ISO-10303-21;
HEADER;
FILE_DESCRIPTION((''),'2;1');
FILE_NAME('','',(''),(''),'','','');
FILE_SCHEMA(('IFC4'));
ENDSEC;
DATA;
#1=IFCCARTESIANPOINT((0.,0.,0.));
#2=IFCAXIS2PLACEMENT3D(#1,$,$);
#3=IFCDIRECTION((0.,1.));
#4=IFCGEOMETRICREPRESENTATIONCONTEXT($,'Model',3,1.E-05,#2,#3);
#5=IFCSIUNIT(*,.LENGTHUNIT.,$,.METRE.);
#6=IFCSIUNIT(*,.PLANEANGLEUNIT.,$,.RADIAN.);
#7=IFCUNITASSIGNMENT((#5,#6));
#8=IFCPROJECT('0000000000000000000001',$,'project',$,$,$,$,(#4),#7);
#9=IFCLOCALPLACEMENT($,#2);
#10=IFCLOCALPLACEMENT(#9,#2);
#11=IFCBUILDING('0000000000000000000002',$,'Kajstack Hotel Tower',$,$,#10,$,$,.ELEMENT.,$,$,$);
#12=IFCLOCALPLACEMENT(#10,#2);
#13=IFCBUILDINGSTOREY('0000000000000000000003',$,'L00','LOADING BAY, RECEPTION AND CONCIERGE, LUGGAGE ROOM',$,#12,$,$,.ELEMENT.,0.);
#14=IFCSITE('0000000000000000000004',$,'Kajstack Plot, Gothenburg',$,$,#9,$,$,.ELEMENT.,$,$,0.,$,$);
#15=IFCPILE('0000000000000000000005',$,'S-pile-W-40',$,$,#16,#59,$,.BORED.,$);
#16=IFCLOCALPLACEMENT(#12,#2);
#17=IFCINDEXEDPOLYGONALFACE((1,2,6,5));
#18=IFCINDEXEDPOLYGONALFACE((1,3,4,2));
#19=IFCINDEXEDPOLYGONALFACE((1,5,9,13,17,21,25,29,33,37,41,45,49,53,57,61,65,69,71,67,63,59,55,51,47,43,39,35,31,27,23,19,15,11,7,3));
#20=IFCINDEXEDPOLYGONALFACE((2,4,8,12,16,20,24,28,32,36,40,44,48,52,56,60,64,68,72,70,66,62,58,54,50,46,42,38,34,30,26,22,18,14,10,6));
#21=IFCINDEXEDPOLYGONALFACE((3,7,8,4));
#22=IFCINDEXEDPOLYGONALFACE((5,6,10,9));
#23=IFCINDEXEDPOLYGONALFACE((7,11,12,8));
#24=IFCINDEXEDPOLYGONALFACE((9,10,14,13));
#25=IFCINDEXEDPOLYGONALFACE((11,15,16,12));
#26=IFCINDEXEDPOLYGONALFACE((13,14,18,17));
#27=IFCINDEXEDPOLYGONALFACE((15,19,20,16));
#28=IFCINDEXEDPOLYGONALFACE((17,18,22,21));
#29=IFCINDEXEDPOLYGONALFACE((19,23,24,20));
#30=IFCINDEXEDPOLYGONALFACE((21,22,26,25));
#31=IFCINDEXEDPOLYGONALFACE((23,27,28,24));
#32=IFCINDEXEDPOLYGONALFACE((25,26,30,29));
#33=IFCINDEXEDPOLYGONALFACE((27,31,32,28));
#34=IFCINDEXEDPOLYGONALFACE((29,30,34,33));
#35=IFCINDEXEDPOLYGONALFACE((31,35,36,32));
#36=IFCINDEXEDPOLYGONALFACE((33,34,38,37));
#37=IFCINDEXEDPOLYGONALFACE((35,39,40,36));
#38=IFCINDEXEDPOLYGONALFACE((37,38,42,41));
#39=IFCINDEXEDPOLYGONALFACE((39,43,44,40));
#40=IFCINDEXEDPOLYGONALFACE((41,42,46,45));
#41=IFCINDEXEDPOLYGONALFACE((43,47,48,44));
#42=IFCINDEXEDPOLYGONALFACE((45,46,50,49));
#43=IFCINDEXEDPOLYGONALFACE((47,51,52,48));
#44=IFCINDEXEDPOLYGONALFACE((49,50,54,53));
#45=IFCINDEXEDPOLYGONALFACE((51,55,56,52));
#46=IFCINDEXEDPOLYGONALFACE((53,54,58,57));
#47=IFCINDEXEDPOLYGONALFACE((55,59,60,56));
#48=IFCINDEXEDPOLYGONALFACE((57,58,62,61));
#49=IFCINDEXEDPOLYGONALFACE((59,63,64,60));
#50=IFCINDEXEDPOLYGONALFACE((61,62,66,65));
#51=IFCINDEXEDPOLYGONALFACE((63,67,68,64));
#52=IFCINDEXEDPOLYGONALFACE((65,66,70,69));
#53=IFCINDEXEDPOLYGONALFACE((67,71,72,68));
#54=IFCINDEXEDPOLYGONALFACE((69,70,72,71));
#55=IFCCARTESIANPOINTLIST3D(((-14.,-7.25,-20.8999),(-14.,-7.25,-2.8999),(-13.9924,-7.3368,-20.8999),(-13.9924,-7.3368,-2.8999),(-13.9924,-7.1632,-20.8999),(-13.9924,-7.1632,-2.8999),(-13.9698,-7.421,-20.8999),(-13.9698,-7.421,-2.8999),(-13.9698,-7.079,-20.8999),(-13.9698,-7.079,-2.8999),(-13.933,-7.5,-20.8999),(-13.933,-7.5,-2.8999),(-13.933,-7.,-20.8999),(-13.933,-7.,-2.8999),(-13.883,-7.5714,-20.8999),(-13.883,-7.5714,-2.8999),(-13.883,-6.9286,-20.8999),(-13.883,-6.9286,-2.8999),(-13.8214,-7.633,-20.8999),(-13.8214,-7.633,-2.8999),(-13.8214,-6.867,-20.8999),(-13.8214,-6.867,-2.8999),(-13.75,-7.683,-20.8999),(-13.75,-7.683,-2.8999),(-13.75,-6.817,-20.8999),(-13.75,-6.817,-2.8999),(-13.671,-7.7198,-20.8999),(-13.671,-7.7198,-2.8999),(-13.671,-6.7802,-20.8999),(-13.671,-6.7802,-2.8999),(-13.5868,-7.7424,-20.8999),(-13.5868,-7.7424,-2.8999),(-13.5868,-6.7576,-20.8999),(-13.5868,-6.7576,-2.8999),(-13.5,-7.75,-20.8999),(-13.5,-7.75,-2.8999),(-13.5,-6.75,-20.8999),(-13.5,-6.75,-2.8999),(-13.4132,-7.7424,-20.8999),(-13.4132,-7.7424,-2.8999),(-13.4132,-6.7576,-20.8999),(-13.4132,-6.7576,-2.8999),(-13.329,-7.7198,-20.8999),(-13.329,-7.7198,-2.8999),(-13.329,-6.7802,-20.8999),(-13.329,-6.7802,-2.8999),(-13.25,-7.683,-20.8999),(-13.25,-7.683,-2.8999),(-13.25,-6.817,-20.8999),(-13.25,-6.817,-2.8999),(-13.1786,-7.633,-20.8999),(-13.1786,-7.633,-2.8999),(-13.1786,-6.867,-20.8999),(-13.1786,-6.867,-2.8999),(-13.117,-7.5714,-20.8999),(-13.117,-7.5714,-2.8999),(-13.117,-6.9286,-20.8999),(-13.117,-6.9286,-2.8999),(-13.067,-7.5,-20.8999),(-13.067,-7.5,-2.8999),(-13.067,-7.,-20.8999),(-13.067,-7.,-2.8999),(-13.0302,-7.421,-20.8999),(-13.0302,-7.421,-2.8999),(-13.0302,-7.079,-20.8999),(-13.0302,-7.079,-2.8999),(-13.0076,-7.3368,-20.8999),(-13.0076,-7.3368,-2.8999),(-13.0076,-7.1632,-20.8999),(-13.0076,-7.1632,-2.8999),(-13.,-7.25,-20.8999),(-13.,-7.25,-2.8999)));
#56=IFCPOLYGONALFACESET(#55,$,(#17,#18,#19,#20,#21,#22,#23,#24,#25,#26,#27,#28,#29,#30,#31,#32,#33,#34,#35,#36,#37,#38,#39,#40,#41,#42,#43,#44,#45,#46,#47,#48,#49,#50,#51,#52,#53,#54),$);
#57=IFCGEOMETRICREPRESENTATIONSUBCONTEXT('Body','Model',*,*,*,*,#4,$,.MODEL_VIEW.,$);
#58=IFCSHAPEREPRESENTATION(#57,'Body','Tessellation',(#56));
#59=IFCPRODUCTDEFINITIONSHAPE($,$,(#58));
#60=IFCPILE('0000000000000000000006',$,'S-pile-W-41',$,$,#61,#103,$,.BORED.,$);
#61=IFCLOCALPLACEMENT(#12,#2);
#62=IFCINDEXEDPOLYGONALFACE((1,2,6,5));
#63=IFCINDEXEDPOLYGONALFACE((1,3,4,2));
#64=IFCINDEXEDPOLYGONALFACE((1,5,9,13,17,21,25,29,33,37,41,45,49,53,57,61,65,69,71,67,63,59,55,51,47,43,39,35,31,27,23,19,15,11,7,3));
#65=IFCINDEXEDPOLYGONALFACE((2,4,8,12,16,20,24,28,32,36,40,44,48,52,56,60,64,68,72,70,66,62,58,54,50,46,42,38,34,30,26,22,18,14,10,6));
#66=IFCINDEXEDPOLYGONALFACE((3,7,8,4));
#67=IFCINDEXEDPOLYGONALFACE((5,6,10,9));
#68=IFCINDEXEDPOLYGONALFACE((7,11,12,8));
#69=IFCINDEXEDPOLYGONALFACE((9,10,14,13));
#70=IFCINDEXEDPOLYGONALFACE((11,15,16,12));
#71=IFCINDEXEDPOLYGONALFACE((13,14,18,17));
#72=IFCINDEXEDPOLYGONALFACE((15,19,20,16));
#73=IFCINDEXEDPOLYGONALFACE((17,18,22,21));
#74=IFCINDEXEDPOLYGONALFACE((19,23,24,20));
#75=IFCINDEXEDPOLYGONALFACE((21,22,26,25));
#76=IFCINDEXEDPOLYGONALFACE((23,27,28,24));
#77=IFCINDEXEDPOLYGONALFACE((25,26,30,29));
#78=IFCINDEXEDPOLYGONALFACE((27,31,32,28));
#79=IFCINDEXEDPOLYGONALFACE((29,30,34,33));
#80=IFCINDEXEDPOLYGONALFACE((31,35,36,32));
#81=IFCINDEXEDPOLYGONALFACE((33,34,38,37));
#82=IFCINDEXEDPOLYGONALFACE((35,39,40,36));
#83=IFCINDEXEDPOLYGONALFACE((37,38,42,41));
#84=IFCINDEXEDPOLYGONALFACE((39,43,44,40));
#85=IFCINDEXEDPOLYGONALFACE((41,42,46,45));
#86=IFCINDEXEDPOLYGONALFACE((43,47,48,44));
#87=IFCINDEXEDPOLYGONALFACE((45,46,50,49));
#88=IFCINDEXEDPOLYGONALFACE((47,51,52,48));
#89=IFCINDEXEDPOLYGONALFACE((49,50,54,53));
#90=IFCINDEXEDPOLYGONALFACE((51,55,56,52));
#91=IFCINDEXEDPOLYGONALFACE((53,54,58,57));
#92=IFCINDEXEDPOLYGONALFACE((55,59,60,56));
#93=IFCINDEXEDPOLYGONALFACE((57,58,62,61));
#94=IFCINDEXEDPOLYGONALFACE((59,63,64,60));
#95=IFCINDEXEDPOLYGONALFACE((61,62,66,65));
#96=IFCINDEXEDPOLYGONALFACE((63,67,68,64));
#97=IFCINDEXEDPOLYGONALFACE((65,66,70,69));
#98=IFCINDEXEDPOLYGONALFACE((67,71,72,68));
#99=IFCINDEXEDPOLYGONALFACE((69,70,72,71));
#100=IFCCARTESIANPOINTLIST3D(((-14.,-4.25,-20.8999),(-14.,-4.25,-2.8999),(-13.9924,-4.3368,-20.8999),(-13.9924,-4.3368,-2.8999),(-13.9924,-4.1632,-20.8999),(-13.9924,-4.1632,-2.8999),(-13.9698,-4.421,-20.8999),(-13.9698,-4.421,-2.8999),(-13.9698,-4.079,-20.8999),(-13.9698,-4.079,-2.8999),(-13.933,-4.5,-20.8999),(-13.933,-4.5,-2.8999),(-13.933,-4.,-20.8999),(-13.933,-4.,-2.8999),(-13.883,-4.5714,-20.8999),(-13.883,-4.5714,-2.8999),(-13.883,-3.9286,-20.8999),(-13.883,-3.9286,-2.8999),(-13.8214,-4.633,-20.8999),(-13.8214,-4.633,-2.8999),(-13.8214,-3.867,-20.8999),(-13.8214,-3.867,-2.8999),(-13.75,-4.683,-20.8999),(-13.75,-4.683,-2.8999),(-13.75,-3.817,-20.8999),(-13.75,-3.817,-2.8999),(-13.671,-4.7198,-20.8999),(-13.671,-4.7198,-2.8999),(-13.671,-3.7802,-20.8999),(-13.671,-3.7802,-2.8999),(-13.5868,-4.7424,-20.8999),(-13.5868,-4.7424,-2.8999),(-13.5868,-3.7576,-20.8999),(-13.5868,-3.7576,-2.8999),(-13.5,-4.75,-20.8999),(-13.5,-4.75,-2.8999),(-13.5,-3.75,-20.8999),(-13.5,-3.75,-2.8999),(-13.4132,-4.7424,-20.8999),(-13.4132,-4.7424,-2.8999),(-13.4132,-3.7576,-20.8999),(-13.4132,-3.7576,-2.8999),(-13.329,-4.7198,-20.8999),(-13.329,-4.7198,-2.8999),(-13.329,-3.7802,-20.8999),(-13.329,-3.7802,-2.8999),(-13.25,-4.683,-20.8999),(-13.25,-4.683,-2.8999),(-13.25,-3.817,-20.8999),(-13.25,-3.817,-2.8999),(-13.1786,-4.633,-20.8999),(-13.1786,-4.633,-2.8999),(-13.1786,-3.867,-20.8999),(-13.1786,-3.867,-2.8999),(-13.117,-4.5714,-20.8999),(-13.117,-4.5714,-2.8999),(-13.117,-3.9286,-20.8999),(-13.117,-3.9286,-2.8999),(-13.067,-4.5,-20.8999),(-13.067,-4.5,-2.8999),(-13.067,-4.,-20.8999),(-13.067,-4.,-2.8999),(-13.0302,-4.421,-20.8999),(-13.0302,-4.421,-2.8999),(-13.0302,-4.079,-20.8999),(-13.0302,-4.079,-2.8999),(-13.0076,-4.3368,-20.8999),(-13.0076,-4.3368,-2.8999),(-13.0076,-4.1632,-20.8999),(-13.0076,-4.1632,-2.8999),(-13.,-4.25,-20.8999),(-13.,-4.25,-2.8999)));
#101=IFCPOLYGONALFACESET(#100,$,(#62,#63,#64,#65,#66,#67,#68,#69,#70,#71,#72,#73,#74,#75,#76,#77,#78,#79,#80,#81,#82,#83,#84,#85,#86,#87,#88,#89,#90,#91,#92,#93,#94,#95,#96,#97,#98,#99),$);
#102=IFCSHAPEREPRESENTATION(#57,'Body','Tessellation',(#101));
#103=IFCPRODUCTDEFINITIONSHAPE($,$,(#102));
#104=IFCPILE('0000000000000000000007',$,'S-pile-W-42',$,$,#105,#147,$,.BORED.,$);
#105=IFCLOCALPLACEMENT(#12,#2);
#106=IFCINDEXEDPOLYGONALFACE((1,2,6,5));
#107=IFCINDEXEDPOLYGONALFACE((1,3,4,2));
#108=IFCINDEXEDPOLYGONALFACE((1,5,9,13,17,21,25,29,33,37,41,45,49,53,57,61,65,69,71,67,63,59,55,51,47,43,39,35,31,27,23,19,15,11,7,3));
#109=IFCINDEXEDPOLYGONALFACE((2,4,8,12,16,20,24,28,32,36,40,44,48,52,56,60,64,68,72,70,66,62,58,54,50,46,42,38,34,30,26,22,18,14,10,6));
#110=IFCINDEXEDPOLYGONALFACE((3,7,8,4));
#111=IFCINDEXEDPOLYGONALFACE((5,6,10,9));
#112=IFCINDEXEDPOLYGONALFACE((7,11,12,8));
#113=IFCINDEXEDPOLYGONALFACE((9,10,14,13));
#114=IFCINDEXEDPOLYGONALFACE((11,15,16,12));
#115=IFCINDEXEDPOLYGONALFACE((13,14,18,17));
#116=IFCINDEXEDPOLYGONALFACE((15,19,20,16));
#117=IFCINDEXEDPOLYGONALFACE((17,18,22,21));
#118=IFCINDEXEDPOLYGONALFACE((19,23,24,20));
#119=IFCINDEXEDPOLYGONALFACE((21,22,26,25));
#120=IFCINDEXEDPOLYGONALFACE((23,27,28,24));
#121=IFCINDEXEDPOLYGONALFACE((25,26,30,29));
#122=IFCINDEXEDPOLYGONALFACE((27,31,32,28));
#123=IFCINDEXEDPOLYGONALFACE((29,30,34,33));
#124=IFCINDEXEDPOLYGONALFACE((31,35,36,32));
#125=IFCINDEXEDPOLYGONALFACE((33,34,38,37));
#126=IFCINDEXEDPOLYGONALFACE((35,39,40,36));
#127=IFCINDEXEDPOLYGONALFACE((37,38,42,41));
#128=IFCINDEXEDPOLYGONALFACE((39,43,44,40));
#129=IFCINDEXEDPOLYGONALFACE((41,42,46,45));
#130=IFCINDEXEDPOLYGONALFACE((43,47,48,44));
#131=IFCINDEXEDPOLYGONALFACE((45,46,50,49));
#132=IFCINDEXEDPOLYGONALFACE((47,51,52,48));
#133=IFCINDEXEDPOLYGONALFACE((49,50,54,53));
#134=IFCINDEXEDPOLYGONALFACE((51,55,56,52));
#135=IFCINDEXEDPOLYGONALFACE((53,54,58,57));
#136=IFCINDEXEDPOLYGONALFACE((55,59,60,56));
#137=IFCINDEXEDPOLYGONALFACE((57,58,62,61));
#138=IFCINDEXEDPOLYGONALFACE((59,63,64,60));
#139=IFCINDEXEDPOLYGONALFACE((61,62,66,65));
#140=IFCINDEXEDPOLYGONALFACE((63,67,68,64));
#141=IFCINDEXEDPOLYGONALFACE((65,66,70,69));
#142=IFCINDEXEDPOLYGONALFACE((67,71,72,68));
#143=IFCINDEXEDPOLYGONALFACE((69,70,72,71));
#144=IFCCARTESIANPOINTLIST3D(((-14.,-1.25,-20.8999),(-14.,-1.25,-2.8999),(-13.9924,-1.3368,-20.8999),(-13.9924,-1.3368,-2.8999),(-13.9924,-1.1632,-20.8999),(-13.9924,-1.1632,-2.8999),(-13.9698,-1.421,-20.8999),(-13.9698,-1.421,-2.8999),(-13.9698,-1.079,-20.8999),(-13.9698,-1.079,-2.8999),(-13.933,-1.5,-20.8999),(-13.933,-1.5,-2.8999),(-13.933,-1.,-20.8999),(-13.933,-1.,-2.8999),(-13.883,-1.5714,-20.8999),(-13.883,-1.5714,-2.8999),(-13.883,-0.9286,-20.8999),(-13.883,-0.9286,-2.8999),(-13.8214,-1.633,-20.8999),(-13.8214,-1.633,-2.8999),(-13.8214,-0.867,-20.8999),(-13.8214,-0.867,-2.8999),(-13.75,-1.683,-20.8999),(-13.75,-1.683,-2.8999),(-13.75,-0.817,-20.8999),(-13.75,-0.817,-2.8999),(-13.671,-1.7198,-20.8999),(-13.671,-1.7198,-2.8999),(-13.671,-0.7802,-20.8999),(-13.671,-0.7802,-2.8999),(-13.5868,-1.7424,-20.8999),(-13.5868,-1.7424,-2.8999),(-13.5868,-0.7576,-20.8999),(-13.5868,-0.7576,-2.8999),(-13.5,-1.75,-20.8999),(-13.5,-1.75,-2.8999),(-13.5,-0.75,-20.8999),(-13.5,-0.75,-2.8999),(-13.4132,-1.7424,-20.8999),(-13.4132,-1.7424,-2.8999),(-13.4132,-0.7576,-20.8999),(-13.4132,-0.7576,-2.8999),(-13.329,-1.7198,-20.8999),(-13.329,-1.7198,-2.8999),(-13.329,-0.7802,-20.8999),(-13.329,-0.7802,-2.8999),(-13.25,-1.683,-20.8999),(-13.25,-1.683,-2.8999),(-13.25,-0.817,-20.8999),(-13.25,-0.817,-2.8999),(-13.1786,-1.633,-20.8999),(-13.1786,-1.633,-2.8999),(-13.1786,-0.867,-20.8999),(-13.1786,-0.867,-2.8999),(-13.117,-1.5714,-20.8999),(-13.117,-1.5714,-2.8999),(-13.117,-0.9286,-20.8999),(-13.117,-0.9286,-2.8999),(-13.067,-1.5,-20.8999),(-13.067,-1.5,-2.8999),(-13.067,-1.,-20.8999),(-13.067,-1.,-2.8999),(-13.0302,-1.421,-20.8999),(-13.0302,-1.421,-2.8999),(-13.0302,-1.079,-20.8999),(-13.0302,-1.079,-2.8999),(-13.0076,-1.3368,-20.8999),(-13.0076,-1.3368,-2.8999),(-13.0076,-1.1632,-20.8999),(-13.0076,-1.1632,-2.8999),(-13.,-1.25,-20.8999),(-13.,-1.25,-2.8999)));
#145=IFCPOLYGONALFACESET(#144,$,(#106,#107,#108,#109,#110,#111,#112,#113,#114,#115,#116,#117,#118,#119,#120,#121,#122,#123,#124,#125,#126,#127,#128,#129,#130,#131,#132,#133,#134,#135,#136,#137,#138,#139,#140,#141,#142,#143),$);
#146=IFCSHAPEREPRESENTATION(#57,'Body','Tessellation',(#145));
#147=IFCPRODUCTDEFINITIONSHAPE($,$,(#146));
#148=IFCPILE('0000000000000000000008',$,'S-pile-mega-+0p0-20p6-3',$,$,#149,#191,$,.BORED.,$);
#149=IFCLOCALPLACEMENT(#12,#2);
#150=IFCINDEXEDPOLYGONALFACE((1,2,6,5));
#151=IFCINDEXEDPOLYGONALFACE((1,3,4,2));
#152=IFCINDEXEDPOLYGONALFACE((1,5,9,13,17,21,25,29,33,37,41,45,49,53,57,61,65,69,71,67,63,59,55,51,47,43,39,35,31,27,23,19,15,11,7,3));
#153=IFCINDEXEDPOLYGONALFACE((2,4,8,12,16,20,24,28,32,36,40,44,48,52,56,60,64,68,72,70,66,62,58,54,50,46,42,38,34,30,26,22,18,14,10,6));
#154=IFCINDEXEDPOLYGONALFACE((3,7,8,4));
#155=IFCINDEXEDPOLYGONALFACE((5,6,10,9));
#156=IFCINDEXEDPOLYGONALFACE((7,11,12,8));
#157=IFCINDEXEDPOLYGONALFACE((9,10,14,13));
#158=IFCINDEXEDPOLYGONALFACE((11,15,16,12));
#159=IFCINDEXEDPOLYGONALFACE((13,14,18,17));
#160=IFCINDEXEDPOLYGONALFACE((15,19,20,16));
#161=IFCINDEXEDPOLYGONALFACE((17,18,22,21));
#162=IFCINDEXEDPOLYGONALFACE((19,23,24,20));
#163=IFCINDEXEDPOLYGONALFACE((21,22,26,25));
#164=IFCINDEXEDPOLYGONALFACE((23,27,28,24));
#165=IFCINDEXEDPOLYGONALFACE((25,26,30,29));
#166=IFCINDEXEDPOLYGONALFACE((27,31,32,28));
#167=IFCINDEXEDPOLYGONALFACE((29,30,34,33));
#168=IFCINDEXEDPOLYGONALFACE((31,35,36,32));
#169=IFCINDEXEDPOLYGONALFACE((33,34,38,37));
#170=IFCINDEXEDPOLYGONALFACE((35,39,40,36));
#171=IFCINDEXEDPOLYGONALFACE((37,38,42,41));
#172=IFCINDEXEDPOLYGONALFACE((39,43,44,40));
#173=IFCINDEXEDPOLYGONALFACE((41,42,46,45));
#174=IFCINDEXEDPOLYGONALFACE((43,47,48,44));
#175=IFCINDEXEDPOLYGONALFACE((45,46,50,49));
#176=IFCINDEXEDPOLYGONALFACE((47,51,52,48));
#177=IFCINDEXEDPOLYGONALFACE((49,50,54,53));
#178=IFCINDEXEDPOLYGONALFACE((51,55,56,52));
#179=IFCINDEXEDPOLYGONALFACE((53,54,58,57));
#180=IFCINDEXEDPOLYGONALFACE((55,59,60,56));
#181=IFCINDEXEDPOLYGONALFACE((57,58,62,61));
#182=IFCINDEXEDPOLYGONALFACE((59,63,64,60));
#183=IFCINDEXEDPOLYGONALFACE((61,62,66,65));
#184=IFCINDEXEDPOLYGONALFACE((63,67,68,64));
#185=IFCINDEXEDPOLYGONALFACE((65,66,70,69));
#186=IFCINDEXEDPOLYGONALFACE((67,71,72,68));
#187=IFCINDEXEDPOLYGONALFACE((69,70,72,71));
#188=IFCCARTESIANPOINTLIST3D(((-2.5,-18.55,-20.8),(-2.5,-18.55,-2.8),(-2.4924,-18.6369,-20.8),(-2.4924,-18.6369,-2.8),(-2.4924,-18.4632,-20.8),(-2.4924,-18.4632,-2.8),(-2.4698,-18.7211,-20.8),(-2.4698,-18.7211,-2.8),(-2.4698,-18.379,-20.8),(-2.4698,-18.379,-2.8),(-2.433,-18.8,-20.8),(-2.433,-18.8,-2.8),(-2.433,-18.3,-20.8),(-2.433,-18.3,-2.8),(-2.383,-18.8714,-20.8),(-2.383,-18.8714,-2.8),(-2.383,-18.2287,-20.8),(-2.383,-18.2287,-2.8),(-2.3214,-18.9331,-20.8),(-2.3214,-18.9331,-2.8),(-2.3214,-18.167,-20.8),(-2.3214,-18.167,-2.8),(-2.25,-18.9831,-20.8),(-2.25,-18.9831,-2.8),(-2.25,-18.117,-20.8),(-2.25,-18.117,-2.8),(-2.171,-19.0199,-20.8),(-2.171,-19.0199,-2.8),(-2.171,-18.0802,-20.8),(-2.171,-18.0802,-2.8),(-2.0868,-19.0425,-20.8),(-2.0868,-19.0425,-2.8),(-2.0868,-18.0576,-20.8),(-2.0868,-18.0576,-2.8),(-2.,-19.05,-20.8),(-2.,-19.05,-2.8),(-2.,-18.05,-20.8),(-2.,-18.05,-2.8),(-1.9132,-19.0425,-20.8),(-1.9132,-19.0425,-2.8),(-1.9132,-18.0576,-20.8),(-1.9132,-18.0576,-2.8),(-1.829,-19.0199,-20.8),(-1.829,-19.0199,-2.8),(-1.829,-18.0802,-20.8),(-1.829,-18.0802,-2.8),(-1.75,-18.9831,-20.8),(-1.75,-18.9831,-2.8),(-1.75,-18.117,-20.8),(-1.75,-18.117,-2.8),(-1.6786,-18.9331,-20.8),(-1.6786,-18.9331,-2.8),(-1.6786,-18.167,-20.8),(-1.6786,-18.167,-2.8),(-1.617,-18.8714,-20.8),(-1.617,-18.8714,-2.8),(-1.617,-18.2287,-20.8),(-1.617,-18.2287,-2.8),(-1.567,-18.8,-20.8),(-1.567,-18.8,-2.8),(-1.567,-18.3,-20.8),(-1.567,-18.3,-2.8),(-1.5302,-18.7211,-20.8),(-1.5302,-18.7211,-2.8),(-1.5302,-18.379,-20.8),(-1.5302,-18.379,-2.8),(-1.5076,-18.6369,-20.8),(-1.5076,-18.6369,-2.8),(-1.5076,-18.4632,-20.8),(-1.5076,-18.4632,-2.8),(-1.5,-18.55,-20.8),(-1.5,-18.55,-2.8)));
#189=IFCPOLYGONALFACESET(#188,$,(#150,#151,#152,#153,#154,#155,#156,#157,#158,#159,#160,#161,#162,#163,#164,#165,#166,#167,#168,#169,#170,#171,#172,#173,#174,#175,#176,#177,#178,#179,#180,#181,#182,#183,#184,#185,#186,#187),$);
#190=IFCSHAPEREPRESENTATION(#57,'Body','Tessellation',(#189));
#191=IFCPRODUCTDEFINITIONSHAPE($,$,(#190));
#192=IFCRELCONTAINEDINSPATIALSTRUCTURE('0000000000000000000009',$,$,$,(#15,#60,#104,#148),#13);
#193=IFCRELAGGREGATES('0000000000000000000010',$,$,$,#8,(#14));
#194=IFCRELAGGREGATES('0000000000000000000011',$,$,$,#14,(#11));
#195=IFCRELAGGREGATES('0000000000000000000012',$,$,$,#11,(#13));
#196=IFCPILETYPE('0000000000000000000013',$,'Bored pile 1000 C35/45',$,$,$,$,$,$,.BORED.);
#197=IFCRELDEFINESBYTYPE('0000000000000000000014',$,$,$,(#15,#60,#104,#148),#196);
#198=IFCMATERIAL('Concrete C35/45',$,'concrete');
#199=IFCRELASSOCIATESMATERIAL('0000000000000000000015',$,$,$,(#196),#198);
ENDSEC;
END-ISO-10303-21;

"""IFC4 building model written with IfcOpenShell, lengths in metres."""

from ifc_helpers import new_model, si_unit, direction, frame, origin, origin_2d, place, context, subcontext, project, spatial, circle, extrude, material, material_profile, profile_set, type_object, element, save


model = new_model("IFC4")

# Units and contexts
model_context = context("Model", 3, precision=1e-05, world=origin(), true_north=direction((0.0, 1.0)))
body_context = subcontext(model_context, "Body", "Model", "MODEL_VIEW")
ifc_project = project(units=[si_unit("LENGTHUNIT", "METRE"), si_unit("PLANEANGLEUNIT", "RADIAN")], contexts=[model_context])

# Site, building, storey
site_placement = place(None, origin())
site = spatial("IfcSite", under=ifc_project, at=site_placement, Name="Kajstack Plot, Gothenburg", CompositionType="ELEMENT", RefElevation=0.0)
building_placement = place(site_placement, origin())
building = spatial("IfcBuilding", under=site, at=building_placement, Name="Kajstack Hotel Tower", CompositionType="ELEMENT")
storey_placement = place(building_placement, origin())
storey = spatial("IfcBuildingStorey", under=building, at=storey_placement, Name="L00", Description="LOADING BAY, RECEPTION AND CONCIERGE, LUGGAGE ROOM", CompositionType="ELEMENT", Elevation=0.0)

# Piles
ifc_material_1 = material(Name="Concrete C35/45", Category="concrete")
ifc_material_profile_1 = material_profile(ifc_material_1, circle(Radius=0.5, at=origin_2d()), Name="RC round 1000")
ifc_profile_set_1 = profile_set([ifc_material_profile_1], Name="Concrete C35/45")
pile_type_1 = type_object("IfcPileType", Name="Bored pile 1000 C35/45", PredefinedType="BORED", material=ifc_profile_set_1)
for number, where, z_axis, x_axis, name in (
    (1, (-13.5, -7.25, -2.8999), (0.0, 0.0, -1.0), (1.0, 0.0, 0.0), "S-pile-W-40"),
    (2, (-13.5, -4.25, -2.8999), (0.0, 0.0, -1.0), (1.0, 0.0, 0.0), "S-pile-W-41"),
    (3, (-13.5, -1.25, -2.8999), (0.0, 0.0, -1.0), (1.0, 0.0, 0.0), "S-pile-W-42"),
    (4, (-2.0, -18.55, -2.8), (0.0, 0.0, -1.0), (1.0, 0.0, 0.0), "S-pile-mega-+0p0-20p6-3"),
):
    element("IfcPile", number, at=place(storey_placement, frame(where, z_axis=z_axis, x_axis=x_axis)), inside=storey, type_object=pile_type_1, Name=name, PredefinedType="BORED", context=body_context, shape_type="SweptSolid", body=[
        extrude(circle(Radius=0.5, at=origin_2d()), origin(), (0.0, 0.0, 1.0), 18.0),
    ])

save(model, "model.ifc")
